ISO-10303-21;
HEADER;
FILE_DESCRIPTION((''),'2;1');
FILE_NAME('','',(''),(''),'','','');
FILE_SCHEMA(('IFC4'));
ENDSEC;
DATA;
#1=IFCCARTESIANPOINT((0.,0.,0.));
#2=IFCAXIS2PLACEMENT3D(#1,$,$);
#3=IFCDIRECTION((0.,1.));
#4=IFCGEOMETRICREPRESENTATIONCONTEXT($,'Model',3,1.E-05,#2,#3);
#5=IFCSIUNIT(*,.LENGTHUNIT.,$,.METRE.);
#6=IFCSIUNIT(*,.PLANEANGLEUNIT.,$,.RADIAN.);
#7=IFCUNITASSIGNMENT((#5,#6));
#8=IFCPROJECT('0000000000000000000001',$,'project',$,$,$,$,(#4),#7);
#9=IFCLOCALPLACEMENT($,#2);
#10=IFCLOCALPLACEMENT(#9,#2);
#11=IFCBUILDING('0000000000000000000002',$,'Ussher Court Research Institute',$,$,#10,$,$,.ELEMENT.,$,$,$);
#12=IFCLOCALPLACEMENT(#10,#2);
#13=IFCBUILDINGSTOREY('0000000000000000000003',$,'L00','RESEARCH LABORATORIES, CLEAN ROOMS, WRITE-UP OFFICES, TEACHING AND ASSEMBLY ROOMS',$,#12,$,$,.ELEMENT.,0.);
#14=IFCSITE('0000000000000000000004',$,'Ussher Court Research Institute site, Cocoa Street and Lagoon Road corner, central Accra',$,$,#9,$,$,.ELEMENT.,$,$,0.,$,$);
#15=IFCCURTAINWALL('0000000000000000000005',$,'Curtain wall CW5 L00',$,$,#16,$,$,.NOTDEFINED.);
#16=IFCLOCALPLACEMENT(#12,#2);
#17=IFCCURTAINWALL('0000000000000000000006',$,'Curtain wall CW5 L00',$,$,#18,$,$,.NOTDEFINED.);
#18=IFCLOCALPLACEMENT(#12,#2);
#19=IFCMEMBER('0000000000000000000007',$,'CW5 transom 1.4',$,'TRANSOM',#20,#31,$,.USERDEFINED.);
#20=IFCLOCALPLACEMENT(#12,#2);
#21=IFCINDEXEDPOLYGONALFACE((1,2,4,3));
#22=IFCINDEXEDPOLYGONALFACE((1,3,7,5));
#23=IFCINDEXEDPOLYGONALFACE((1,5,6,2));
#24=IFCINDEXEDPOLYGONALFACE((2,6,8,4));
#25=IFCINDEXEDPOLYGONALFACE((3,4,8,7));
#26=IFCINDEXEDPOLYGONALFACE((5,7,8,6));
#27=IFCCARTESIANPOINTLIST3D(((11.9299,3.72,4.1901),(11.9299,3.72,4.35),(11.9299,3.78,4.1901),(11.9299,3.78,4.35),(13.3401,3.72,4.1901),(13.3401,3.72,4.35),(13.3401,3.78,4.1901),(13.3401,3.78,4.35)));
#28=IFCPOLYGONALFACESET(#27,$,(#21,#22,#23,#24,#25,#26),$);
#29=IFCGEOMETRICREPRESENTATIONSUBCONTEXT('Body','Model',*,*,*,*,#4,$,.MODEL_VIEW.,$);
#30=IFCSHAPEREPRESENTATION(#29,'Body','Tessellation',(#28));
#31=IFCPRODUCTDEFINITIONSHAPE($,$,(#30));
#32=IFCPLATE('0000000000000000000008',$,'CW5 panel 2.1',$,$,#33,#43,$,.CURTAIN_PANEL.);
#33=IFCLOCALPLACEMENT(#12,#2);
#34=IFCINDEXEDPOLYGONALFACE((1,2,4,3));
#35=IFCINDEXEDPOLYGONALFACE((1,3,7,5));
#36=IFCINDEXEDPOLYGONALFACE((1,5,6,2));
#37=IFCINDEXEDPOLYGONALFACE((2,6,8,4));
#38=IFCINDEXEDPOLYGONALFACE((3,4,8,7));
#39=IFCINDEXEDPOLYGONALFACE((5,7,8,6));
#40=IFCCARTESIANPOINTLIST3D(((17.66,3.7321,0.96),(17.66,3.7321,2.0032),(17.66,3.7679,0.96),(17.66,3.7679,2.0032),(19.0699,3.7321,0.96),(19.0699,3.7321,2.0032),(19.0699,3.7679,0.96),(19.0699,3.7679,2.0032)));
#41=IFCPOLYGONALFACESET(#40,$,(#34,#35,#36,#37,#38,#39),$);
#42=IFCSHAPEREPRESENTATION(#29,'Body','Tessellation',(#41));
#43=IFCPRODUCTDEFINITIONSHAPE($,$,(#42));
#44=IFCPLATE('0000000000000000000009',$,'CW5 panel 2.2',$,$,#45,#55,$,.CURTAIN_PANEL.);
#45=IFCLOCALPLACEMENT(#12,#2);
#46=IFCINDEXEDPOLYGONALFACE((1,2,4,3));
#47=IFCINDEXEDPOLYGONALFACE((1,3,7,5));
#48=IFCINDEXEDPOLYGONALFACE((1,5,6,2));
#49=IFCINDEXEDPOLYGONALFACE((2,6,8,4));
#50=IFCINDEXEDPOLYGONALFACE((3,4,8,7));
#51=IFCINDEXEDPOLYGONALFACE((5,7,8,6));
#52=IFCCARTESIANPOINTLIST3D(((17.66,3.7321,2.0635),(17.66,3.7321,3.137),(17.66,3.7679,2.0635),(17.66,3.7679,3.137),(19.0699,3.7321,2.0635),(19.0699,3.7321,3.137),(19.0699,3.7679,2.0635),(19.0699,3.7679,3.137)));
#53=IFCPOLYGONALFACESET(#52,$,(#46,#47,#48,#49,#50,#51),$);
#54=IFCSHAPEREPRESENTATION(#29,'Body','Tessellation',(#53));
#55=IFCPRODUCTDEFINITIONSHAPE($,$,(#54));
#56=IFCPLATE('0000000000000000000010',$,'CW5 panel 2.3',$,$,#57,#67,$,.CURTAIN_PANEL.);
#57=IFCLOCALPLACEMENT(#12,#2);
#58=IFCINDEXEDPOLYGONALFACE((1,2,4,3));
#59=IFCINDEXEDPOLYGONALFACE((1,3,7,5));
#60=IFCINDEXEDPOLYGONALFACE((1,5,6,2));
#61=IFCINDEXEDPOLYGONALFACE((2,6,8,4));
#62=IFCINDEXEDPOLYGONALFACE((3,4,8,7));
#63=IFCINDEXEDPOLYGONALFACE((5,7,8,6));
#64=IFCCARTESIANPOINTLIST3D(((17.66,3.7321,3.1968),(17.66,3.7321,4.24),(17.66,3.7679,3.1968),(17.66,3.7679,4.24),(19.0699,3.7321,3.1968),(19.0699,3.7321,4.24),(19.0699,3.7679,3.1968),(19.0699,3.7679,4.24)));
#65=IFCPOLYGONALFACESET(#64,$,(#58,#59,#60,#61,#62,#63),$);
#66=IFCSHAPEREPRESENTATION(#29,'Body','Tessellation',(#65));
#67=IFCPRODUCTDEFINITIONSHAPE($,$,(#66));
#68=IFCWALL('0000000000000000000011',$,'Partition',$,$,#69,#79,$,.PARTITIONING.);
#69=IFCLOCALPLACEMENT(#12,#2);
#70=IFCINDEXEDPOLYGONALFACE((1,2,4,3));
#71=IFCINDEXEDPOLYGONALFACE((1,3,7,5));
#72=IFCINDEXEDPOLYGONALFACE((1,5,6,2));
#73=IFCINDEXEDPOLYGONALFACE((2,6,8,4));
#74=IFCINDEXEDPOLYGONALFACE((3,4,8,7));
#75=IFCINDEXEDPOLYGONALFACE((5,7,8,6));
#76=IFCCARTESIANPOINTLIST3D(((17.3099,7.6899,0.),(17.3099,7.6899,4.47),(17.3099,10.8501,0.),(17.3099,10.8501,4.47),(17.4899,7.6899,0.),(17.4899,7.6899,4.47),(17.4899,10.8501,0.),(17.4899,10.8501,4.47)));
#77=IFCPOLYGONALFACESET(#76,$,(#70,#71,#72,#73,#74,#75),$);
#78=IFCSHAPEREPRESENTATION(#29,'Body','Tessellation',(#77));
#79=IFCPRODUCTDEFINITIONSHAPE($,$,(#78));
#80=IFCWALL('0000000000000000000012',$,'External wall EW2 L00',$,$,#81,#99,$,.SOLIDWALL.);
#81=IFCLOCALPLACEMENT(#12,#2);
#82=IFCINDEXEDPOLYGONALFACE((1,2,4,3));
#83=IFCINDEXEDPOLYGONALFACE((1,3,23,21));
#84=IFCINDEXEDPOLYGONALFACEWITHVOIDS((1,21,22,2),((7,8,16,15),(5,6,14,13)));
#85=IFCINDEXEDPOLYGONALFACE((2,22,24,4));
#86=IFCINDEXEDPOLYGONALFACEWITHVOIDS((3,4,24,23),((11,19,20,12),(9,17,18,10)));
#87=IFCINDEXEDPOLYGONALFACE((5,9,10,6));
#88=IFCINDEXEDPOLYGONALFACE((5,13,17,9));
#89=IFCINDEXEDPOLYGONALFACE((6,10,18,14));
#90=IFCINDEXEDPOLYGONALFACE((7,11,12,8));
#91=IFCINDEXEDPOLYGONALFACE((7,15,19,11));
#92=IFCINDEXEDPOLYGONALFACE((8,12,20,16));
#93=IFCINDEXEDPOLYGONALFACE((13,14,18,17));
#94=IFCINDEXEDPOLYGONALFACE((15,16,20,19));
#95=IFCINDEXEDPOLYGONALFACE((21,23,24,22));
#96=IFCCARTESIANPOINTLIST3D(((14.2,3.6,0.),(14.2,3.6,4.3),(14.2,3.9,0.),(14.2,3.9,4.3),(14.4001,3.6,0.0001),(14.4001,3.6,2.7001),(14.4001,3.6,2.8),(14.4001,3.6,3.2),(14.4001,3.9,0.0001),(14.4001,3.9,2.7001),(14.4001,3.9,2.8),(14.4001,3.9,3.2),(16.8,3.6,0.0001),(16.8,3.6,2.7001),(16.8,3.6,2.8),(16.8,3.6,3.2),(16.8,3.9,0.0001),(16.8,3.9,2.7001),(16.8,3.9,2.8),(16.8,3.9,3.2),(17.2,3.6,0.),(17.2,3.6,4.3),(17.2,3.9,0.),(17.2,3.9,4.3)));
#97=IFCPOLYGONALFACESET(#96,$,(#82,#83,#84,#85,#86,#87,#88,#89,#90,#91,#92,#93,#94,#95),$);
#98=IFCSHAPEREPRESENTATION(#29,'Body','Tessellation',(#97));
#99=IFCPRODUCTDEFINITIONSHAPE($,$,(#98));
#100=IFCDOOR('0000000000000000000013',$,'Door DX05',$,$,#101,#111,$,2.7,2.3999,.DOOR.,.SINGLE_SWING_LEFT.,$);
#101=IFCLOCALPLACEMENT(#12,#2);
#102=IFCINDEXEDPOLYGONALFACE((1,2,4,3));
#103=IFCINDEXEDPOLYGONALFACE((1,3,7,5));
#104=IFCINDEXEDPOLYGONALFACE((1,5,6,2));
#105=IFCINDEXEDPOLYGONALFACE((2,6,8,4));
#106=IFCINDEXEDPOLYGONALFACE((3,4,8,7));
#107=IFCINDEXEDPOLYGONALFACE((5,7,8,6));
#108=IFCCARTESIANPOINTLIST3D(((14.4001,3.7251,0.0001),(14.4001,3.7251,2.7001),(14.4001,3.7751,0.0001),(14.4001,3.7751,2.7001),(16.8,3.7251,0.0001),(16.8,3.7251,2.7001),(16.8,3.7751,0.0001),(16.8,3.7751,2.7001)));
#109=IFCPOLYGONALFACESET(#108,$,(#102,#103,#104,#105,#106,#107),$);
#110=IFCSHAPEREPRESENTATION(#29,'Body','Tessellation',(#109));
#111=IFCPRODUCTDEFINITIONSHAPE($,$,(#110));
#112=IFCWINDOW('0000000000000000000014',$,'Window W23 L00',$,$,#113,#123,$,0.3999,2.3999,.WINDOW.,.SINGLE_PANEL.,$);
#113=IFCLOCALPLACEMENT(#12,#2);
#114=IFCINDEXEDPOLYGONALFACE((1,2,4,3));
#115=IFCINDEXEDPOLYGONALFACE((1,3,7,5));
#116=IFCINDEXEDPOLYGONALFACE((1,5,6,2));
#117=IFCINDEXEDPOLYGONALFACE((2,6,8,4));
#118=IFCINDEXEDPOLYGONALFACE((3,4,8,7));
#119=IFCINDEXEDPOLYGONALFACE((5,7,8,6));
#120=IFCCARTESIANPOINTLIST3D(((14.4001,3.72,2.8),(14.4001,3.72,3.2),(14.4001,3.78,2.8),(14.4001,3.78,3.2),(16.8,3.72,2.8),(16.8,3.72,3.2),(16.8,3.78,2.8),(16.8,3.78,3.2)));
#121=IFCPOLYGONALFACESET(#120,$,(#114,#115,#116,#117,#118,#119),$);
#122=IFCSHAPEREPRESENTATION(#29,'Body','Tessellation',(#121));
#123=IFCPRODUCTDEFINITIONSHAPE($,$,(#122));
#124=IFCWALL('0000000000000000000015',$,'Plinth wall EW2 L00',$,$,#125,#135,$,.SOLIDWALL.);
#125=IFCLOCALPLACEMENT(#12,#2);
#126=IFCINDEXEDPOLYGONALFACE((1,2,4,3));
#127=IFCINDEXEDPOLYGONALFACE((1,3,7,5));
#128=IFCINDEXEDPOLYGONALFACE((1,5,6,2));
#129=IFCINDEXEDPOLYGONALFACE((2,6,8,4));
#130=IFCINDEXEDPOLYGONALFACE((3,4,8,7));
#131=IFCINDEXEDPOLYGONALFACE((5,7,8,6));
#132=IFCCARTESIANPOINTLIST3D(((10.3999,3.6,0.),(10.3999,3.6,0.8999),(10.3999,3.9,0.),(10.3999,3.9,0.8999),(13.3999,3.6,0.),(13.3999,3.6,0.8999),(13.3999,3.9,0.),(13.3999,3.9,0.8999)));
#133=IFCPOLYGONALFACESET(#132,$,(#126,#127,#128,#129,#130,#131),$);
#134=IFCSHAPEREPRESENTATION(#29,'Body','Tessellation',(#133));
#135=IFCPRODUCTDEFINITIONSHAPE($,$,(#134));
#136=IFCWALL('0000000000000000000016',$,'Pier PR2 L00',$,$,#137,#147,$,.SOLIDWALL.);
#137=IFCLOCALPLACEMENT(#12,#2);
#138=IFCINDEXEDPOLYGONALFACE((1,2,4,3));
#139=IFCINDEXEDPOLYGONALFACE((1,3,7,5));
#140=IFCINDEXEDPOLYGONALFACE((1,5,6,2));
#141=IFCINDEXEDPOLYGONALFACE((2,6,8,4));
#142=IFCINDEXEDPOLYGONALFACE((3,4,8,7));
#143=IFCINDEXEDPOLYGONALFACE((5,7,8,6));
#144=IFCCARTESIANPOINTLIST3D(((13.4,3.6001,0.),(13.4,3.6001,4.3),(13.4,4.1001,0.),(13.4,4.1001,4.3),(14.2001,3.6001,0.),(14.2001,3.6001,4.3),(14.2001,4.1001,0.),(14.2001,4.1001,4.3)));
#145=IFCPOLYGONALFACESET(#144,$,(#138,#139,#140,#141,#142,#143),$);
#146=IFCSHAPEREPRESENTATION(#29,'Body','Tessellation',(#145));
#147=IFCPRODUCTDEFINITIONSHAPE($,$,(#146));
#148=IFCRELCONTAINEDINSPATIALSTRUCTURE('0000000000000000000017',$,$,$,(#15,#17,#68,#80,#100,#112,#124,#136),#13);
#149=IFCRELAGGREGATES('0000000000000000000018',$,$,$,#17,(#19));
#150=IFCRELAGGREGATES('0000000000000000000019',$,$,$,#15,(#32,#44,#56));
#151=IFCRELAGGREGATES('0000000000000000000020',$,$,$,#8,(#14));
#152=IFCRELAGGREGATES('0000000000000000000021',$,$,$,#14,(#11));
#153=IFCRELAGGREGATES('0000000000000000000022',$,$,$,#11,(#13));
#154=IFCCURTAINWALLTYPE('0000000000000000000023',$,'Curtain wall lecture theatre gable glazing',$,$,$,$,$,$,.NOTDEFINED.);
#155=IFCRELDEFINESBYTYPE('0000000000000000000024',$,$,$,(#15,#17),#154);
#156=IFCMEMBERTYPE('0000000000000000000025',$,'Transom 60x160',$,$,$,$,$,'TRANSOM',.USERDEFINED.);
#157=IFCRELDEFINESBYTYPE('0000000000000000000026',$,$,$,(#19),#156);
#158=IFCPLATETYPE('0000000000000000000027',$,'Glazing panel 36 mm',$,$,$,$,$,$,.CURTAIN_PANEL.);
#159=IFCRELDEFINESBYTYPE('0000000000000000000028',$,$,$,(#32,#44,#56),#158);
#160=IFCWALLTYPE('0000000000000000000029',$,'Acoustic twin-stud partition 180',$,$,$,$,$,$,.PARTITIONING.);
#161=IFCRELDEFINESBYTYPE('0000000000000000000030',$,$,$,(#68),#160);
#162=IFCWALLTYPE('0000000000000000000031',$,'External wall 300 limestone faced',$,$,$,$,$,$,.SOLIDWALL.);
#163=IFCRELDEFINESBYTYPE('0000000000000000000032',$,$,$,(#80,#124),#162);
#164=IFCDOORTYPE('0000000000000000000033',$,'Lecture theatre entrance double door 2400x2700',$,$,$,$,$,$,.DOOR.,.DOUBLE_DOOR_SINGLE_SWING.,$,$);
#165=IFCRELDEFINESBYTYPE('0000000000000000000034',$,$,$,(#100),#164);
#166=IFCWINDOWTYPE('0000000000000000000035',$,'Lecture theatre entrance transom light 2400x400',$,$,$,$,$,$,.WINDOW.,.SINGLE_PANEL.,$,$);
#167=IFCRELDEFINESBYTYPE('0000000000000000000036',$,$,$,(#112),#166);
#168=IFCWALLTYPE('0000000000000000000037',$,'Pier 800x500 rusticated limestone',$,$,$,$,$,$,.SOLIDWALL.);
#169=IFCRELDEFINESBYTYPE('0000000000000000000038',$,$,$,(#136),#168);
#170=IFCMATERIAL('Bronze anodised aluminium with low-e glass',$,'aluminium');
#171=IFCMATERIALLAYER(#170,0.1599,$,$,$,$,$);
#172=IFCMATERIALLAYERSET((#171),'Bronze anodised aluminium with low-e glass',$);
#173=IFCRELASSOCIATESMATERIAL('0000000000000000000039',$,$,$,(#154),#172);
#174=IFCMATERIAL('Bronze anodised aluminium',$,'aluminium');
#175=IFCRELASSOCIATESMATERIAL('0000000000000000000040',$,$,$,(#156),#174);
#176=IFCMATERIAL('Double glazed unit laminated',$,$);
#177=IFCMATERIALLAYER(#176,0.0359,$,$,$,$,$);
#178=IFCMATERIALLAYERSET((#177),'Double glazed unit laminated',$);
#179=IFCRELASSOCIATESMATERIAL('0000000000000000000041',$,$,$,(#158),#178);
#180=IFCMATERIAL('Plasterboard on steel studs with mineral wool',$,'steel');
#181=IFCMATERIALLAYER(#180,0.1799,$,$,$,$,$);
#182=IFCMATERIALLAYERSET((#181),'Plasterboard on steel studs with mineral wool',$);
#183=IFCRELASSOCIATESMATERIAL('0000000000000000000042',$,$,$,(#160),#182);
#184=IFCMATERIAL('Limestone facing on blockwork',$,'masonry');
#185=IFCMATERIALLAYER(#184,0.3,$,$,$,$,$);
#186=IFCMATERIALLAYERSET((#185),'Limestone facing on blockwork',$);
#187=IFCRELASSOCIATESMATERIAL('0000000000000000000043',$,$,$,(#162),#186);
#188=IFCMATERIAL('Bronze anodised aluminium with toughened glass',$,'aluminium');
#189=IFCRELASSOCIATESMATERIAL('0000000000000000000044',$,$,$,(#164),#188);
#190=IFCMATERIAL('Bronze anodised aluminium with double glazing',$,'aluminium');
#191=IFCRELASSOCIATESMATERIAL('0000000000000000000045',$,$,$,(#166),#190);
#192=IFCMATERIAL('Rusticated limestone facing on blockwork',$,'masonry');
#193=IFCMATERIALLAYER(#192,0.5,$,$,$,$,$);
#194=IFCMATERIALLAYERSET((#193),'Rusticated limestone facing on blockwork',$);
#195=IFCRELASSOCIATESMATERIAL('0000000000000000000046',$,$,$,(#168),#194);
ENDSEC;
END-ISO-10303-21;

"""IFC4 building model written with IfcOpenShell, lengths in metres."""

from ifc_helpers import new_model, si_unit, direction, frame, frame_2d, origin, origin_2d, place, context, subcontext, project, spatial, rectangle, extrude, material, layer, layer_set, material_profile, profile_set, type_object, element, fill, aggregate, save


model = new_model("IFC4")

# Units and contexts
model_context = context("Model", 3, precision=1e-05, world=origin(), true_north=direction((0.0, 1.0)))
body_context = subcontext(model_context, "Body", "Model", "MODEL_VIEW")
ifc_project = project(units=[si_unit("LENGTHUNIT", "METRE"), si_unit("PLANEANGLEUNIT", "RADIAN")], contexts=[model_context])

# Site, building, storey
site_placement = place(None, origin())
site = spatial("IfcSite", under=ifc_project, at=site_placement, Name="Ussher Court Research Institute site, Cocoa Street and Lagoon Road corner, central Accra", CompositionType="ELEMENT", RefElevation=0.0)
building_placement = place(site_placement, origin())
building = spatial("IfcBuilding", under=site, at=building_placement, Name="Ussher Court Research Institute", CompositionType="ELEMENT")
storey_placement = place(building_placement, origin())
storey = spatial("IfcBuildingStorey", under=building, at=storey_placement, Name="L00", Description="RESEARCH LABORATORIES, CLEAN ROOMS, WRITE-UP OFFICES, TEACHING AND ASSEMBLY ROOMS", CompositionType="ELEMENT", Elevation=0.0)

# Curtain wall
ifc_material_1 = material(Name="Bronze anodised aluminium with low-e glass", Category="aluminium")
ifc_layer_1 = layer(ifc_material_1, 0.1599)
ifc_layer_set_1 = layer_set([ifc_layer_1], Name="Bronze anodised aluminium with low-e glass")
curtain_wall_type = type_object("IfcCurtainWallType", Name="Curtain wall lecture theatre gable glazing", PredefinedType="NOTDEFINED", material=ifc_layer_set_1)
curtain_wall_1_placement = place(storey_placement, origin())
curtain_wall_1 = element("IfcCurtainWall", 1, at=curtain_wall_1_placement, inside=storey, type_object=curtain_wall_type, Name="Curtain wall CW5 L00", PredefinedType="NOTDEFINED")

# Curtain wall
curtain_wall_2_placement = place(storey_placement, origin())
curtain_wall_2 = element("IfcCurtainWall", 2, at=curtain_wall_2_placement, inside=storey, type_object=curtain_wall_type, Name="Curtain wall CW5 L00", PredefinedType="NOTDEFINED")

# Member
ifc_material_2 = material(Name="Bronze anodised aluminium", Category="aluminium")
ifc_material_profile_1 = material_profile(ifc_material_2, rectangle(XDim=0.0601, YDim=0.1599, at=origin_2d()), Name="Transom 60x160")
ifc_profile_set_1 = profile_set([ifc_material_profile_1], Name="Bronze anodised aluminium")
member_type_1 = type_object("IfcMemberType", Name="Transom 60x160", ElementType="TRANSOM", PredefinedType="USERDEFINED", material=ifc_profile_set_1)
member_1_placement = place(storey_placement, frame((13.3401, 3.75, 4.27), z_axis=(-1.0, 0.0, 0.0), x_axis=(0.0, -1.0, 0.0)))
member_1 = element("IfcMember", 3, at=member_1_placement, type_object=member_type_1, Name="CW5 transom 1.4", ObjectType="TRANSOM", PredefinedType="USERDEFINED", context=body_context, shape_type="SweptSolid", body=[
    extrude(rectangle(XDim=0.0601, YDim=0.1599, at=origin_2d()), origin(), (0.0, 0.0, 1.0), 1.4102),
])
aggregate(curtain_wall_2, [member_1])

# Plates
ifc_material_3 = material(Name="Double glazed unit laminated")
ifc_layer_2 = layer(ifc_material_3, 0.0359)
ifc_layer_set_2 = layer_set([ifc_layer_2], Name="Double glazed unit laminated")
plate_type = type_object("IfcPlateType", Name="Glazing panel 36 mm", PredefinedType="CURTAIN_PANEL", material=ifc_layer_set_2)
plate_1_placement = place(storey_placement, frame((18.365, 3.75, 0.96), z_axis=(0.0, 0.0, 1.0), x_axis=(-1.0, 0.0, 0.0)))
plate_1 = element("IfcPlate", 4, at=plate_1_placement, type_object=plate_type, Name="CW5 panel 2.1", PredefinedType="CURTAIN_PANEL", context=body_context, shape_type="SweptSolid", body=[
    extrude(rectangle(XDim=1.4099, YDim=0.0359, at=origin_2d()), origin(), (0.0, 0.0, 1.0), 1.0432),
])
plate_2_placement = place(storey_placement, frame((18.365, 3.75, 2.0635), z_axis=(0.0, 0.0, 1.0), x_axis=(-1.0, 0.0, 0.0)))
plate_2 = element("IfcPlate", 5, at=plate_2_placement, type_object=plate_type, Name="CW5 panel 2.2", PredefinedType="CURTAIN_PANEL", context=body_context, shape_type="SweptSolid", body=[
    extrude(rectangle(XDim=1.4099, YDim=0.0359, at=origin_2d()), origin(), (0.0, 0.0, 1.0), 1.0735),
])
plate_3_placement = place(storey_placement, frame((18.365, 3.75, 3.1968), z_axis=(0.0, 0.0, 1.0), x_axis=(-1.0, 0.0, 0.0)))
plate_3 = element("IfcPlate", 6, at=plate_3_placement, type_object=plate_type, Name="CW5 panel 2.3", PredefinedType="CURTAIN_PANEL", context=body_context, shape_type="SweptSolid", body=[
    extrude(rectangle(XDim=1.4099, YDim=0.0359, at=origin_2d()), origin(), (0.0, 0.0, 1.0), 1.0432),
])
aggregate(curtain_wall_1, [plate_1, plate_2, plate_3])

# Wall
ifc_material_4 = material(Name="Plasterboard on steel studs with mineral wool", Category="steel")
ifc_layer_3 = layer(ifc_material_4, 0.1799)
ifc_layer_set_3 = layer_set([ifc_layer_3], Name="Plasterboard on steel studs with mineral wool")
wall_type_1 = type_object("IfcWallType", Name="Acoustic twin-stud partition 180", PredefinedType="PARTITIONING", material=ifc_layer_set_3)
wall_1_placement = place(storey_placement, frame((17.3999, 7.6899, 0.0), z_axis=(0.0, 0.0, 1.0), x_axis=(0.0, 1.0, 0.0)))
element("IfcWall", 7, at=wall_1_placement, inside=storey, type_object=wall_type_1, Name="Partition", PredefinedType="PARTITIONING", context=body_context, shape_type="SweptSolid", body=[
    extrude(rectangle(XDim=3.1602, YDim=0.1799, at=frame_2d((1.5801, 0.0))), origin(), (0.0, 0.0, 1.0), 4.47),
])

# Wall, openings, door, window
ifc_material_5 = material(Name="Limestone facing on blockwork", Category="masonry")
ifc_layer_4 = layer(ifc_material_5, 0.3)
ifc_layer_set_4 = layer_set([ifc_layer_4], Name="Limestone facing on blockwork")
wall_type_2 = type_object("IfcWallType", Name="External wall 300 limestone faced", PredefinedType="SOLIDWALL", material=ifc_layer_set_4)
wall_2_placement = place(storey_placement, frame((17.2, 3.75, 0.0), z_axis=(0.0, 0.0, 1.0), x_axis=(-1.0, 0.0, 0.0)))
wall_2 = element("IfcWall", 8, at=wall_2_placement, inside=storey, type_object=wall_type_2, Name="External wall EW2 L00", PredefinedType="SOLIDWALL", context=body_context, shape_type="SweptSolid", body=[
    extrude(rectangle(XDim=3.0, YDim=0.3, at=frame_2d((1.5, 0.0))), origin(), (0.0, 0.0, 1.0), 4.3),
])
opening_1_placement = place(wall_2_placement, frame((0.3999, 0.0, 0.0)))
opening_1 = element("IfcOpeningElement", 9, at=opening_1_placement, cuts=wall_2, PredefinedType="OPENING", context=body_context, shape_type="SweptSolid", body=[
    extrude(rectangle(XDim=2.3999, YDim=2.7, at=frame_2d((1.2, 1.3501))), frame((0.0, 0.1602, 0.0), z_axis=(0.0, -1.0, 0.0), x_axis=(1.0, 0.0, 0.0)), (0.0, 0.0, 1.0), 0.3201),
])
opening_2_placement = place(wall_2_placement, frame((0.3999, 0.0, 2.8)))
opening_2 = element("IfcOpeningElement", 10, at=opening_2_placement, cuts=wall_2, PredefinedType="OPENING", context=body_context, shape_type="SweptSolid", body=[
    extrude(rectangle(XDim=2.3999, YDim=0.3999, at=frame_2d((1.2, 0.2))), frame((0.0, 0.1602, 0.0), z_axis=(0.0, -1.0, 0.0), x_axis=(1.0, 0.0, 0.0)), (0.0, 0.0, 1.0), 0.3201),
])
ifc_material_6 = material(Name="Bronze anodised aluminium with toughened glass", Category="aluminium")
door_type = type_object("IfcDoorType", Name="Lecture theatre entrance double door 2400x2700", OperationType="DOUBLE_DOOR_SINGLE_SWING", PredefinedType="DOOR", material=ifc_material_6)
door_placement = place(opening_1_placement, origin())
door = element("IfcDoor", 11, at=door_placement, inside=storey, type_object=door_type, Name="Door DX05", OperationType="SINGLE_SWING_LEFT", OverallHeight=2.7, OverallWidth=2.3999, PredefinedType="DOOR", context=body_context, shape_type="SweptSolid", body=[
    extrude(rectangle(XDim=2.3999, YDim=2.7, at=frame_2d((1.2, 1.3501))), frame((0.0, 0.0249, 0.0), z_axis=(0.0, -1.0, 0.0), x_axis=(1.0, 0.0, 0.0)), (0.0, 0.0, 1.0), 0.05),
])
fill(opening_1, door)
ifc_material_7 = material(Name="Bronze anodised aluminium with double glazing", Category="aluminium")
window_type = type_object("IfcWindowType", Name="Lecture theatre entrance transom light 2400x400", PartitioningType="SINGLE_PANEL", PredefinedType="WINDOW", material=ifc_material_7)
window_placement = place(opening_2_placement, origin())
window = element("IfcWindow", 12, at=window_placement, inside=storey, type_object=window_type, Name="Window W23 L00", OverallHeight=0.3999, OverallWidth=2.3999, PartitioningType="SINGLE_PANEL", PredefinedType="WINDOW", context=body_context, shape_type="SweptSolid", body=[
    extrude(rectangle(XDim=2.3999, YDim=0.3999, at=frame_2d((1.2, 0.2))), frame((0.0, 0.03, 0.0), z_axis=(0.0, -1.0, 0.0), x_axis=(1.0, 0.0, 0.0)), (0.0, 0.0, 1.0), 0.0601),
])
fill(opening_2, window)

# Walls
wall_3_placement = place(storey_placement, frame((13.3999, 3.75, 0.0), z_axis=(0.0, 0.0, 1.0), x_axis=(-1.0, 0.0, 0.0)))
element("IfcWall", 13, at=wall_3_placement, inside=storey, type_object=wall_type_2, Name="Plinth wall EW2 L00", PredefinedType="SOLIDWALL", context=body_context, shape_type="SweptSolid", body=[
    extrude(rectangle(XDim=3.0, YDim=0.3, at=frame_2d((1.5, 0.0))), origin(), (0.0, 0.0, 1.0), 0.8999),
])
ifc_material_8 = material(Name="Rusticated limestone facing on blockwork", Category="masonry")
ifc_layer_5 = layer(ifc_material_8, 0.5)
ifc_layer_set_5 = layer_set([ifc_layer_5], Name="Rusticated limestone facing on blockwork")
wall_type_3 = type_object("IfcWallType", Name="Pier 800x500 rusticated limestone", PredefinedType="SOLIDWALL", material=ifc_layer_set_5)
wall_4_placement = place(storey_placement, frame((14.2, 3.8501, 0.0), z_axis=(0.0, 0.0, 1.0), x_axis=(-1.0, 0.0, 0.0)))
element("IfcWall", 14, at=wall_4_placement, inside=storey, type_object=wall_type_3, Name="Pier PR2 L00", PredefinedType="SOLIDWALL", context=body_context, shape_type="SweptSolid", body=[
    extrude(rectangle(XDim=0.8, YDim=0.5, at=frame_2d((0.3999, 0.0))), origin(), (0.0, 0.0, 1.0), 4.3),
])

save(model, "model.ifc")
